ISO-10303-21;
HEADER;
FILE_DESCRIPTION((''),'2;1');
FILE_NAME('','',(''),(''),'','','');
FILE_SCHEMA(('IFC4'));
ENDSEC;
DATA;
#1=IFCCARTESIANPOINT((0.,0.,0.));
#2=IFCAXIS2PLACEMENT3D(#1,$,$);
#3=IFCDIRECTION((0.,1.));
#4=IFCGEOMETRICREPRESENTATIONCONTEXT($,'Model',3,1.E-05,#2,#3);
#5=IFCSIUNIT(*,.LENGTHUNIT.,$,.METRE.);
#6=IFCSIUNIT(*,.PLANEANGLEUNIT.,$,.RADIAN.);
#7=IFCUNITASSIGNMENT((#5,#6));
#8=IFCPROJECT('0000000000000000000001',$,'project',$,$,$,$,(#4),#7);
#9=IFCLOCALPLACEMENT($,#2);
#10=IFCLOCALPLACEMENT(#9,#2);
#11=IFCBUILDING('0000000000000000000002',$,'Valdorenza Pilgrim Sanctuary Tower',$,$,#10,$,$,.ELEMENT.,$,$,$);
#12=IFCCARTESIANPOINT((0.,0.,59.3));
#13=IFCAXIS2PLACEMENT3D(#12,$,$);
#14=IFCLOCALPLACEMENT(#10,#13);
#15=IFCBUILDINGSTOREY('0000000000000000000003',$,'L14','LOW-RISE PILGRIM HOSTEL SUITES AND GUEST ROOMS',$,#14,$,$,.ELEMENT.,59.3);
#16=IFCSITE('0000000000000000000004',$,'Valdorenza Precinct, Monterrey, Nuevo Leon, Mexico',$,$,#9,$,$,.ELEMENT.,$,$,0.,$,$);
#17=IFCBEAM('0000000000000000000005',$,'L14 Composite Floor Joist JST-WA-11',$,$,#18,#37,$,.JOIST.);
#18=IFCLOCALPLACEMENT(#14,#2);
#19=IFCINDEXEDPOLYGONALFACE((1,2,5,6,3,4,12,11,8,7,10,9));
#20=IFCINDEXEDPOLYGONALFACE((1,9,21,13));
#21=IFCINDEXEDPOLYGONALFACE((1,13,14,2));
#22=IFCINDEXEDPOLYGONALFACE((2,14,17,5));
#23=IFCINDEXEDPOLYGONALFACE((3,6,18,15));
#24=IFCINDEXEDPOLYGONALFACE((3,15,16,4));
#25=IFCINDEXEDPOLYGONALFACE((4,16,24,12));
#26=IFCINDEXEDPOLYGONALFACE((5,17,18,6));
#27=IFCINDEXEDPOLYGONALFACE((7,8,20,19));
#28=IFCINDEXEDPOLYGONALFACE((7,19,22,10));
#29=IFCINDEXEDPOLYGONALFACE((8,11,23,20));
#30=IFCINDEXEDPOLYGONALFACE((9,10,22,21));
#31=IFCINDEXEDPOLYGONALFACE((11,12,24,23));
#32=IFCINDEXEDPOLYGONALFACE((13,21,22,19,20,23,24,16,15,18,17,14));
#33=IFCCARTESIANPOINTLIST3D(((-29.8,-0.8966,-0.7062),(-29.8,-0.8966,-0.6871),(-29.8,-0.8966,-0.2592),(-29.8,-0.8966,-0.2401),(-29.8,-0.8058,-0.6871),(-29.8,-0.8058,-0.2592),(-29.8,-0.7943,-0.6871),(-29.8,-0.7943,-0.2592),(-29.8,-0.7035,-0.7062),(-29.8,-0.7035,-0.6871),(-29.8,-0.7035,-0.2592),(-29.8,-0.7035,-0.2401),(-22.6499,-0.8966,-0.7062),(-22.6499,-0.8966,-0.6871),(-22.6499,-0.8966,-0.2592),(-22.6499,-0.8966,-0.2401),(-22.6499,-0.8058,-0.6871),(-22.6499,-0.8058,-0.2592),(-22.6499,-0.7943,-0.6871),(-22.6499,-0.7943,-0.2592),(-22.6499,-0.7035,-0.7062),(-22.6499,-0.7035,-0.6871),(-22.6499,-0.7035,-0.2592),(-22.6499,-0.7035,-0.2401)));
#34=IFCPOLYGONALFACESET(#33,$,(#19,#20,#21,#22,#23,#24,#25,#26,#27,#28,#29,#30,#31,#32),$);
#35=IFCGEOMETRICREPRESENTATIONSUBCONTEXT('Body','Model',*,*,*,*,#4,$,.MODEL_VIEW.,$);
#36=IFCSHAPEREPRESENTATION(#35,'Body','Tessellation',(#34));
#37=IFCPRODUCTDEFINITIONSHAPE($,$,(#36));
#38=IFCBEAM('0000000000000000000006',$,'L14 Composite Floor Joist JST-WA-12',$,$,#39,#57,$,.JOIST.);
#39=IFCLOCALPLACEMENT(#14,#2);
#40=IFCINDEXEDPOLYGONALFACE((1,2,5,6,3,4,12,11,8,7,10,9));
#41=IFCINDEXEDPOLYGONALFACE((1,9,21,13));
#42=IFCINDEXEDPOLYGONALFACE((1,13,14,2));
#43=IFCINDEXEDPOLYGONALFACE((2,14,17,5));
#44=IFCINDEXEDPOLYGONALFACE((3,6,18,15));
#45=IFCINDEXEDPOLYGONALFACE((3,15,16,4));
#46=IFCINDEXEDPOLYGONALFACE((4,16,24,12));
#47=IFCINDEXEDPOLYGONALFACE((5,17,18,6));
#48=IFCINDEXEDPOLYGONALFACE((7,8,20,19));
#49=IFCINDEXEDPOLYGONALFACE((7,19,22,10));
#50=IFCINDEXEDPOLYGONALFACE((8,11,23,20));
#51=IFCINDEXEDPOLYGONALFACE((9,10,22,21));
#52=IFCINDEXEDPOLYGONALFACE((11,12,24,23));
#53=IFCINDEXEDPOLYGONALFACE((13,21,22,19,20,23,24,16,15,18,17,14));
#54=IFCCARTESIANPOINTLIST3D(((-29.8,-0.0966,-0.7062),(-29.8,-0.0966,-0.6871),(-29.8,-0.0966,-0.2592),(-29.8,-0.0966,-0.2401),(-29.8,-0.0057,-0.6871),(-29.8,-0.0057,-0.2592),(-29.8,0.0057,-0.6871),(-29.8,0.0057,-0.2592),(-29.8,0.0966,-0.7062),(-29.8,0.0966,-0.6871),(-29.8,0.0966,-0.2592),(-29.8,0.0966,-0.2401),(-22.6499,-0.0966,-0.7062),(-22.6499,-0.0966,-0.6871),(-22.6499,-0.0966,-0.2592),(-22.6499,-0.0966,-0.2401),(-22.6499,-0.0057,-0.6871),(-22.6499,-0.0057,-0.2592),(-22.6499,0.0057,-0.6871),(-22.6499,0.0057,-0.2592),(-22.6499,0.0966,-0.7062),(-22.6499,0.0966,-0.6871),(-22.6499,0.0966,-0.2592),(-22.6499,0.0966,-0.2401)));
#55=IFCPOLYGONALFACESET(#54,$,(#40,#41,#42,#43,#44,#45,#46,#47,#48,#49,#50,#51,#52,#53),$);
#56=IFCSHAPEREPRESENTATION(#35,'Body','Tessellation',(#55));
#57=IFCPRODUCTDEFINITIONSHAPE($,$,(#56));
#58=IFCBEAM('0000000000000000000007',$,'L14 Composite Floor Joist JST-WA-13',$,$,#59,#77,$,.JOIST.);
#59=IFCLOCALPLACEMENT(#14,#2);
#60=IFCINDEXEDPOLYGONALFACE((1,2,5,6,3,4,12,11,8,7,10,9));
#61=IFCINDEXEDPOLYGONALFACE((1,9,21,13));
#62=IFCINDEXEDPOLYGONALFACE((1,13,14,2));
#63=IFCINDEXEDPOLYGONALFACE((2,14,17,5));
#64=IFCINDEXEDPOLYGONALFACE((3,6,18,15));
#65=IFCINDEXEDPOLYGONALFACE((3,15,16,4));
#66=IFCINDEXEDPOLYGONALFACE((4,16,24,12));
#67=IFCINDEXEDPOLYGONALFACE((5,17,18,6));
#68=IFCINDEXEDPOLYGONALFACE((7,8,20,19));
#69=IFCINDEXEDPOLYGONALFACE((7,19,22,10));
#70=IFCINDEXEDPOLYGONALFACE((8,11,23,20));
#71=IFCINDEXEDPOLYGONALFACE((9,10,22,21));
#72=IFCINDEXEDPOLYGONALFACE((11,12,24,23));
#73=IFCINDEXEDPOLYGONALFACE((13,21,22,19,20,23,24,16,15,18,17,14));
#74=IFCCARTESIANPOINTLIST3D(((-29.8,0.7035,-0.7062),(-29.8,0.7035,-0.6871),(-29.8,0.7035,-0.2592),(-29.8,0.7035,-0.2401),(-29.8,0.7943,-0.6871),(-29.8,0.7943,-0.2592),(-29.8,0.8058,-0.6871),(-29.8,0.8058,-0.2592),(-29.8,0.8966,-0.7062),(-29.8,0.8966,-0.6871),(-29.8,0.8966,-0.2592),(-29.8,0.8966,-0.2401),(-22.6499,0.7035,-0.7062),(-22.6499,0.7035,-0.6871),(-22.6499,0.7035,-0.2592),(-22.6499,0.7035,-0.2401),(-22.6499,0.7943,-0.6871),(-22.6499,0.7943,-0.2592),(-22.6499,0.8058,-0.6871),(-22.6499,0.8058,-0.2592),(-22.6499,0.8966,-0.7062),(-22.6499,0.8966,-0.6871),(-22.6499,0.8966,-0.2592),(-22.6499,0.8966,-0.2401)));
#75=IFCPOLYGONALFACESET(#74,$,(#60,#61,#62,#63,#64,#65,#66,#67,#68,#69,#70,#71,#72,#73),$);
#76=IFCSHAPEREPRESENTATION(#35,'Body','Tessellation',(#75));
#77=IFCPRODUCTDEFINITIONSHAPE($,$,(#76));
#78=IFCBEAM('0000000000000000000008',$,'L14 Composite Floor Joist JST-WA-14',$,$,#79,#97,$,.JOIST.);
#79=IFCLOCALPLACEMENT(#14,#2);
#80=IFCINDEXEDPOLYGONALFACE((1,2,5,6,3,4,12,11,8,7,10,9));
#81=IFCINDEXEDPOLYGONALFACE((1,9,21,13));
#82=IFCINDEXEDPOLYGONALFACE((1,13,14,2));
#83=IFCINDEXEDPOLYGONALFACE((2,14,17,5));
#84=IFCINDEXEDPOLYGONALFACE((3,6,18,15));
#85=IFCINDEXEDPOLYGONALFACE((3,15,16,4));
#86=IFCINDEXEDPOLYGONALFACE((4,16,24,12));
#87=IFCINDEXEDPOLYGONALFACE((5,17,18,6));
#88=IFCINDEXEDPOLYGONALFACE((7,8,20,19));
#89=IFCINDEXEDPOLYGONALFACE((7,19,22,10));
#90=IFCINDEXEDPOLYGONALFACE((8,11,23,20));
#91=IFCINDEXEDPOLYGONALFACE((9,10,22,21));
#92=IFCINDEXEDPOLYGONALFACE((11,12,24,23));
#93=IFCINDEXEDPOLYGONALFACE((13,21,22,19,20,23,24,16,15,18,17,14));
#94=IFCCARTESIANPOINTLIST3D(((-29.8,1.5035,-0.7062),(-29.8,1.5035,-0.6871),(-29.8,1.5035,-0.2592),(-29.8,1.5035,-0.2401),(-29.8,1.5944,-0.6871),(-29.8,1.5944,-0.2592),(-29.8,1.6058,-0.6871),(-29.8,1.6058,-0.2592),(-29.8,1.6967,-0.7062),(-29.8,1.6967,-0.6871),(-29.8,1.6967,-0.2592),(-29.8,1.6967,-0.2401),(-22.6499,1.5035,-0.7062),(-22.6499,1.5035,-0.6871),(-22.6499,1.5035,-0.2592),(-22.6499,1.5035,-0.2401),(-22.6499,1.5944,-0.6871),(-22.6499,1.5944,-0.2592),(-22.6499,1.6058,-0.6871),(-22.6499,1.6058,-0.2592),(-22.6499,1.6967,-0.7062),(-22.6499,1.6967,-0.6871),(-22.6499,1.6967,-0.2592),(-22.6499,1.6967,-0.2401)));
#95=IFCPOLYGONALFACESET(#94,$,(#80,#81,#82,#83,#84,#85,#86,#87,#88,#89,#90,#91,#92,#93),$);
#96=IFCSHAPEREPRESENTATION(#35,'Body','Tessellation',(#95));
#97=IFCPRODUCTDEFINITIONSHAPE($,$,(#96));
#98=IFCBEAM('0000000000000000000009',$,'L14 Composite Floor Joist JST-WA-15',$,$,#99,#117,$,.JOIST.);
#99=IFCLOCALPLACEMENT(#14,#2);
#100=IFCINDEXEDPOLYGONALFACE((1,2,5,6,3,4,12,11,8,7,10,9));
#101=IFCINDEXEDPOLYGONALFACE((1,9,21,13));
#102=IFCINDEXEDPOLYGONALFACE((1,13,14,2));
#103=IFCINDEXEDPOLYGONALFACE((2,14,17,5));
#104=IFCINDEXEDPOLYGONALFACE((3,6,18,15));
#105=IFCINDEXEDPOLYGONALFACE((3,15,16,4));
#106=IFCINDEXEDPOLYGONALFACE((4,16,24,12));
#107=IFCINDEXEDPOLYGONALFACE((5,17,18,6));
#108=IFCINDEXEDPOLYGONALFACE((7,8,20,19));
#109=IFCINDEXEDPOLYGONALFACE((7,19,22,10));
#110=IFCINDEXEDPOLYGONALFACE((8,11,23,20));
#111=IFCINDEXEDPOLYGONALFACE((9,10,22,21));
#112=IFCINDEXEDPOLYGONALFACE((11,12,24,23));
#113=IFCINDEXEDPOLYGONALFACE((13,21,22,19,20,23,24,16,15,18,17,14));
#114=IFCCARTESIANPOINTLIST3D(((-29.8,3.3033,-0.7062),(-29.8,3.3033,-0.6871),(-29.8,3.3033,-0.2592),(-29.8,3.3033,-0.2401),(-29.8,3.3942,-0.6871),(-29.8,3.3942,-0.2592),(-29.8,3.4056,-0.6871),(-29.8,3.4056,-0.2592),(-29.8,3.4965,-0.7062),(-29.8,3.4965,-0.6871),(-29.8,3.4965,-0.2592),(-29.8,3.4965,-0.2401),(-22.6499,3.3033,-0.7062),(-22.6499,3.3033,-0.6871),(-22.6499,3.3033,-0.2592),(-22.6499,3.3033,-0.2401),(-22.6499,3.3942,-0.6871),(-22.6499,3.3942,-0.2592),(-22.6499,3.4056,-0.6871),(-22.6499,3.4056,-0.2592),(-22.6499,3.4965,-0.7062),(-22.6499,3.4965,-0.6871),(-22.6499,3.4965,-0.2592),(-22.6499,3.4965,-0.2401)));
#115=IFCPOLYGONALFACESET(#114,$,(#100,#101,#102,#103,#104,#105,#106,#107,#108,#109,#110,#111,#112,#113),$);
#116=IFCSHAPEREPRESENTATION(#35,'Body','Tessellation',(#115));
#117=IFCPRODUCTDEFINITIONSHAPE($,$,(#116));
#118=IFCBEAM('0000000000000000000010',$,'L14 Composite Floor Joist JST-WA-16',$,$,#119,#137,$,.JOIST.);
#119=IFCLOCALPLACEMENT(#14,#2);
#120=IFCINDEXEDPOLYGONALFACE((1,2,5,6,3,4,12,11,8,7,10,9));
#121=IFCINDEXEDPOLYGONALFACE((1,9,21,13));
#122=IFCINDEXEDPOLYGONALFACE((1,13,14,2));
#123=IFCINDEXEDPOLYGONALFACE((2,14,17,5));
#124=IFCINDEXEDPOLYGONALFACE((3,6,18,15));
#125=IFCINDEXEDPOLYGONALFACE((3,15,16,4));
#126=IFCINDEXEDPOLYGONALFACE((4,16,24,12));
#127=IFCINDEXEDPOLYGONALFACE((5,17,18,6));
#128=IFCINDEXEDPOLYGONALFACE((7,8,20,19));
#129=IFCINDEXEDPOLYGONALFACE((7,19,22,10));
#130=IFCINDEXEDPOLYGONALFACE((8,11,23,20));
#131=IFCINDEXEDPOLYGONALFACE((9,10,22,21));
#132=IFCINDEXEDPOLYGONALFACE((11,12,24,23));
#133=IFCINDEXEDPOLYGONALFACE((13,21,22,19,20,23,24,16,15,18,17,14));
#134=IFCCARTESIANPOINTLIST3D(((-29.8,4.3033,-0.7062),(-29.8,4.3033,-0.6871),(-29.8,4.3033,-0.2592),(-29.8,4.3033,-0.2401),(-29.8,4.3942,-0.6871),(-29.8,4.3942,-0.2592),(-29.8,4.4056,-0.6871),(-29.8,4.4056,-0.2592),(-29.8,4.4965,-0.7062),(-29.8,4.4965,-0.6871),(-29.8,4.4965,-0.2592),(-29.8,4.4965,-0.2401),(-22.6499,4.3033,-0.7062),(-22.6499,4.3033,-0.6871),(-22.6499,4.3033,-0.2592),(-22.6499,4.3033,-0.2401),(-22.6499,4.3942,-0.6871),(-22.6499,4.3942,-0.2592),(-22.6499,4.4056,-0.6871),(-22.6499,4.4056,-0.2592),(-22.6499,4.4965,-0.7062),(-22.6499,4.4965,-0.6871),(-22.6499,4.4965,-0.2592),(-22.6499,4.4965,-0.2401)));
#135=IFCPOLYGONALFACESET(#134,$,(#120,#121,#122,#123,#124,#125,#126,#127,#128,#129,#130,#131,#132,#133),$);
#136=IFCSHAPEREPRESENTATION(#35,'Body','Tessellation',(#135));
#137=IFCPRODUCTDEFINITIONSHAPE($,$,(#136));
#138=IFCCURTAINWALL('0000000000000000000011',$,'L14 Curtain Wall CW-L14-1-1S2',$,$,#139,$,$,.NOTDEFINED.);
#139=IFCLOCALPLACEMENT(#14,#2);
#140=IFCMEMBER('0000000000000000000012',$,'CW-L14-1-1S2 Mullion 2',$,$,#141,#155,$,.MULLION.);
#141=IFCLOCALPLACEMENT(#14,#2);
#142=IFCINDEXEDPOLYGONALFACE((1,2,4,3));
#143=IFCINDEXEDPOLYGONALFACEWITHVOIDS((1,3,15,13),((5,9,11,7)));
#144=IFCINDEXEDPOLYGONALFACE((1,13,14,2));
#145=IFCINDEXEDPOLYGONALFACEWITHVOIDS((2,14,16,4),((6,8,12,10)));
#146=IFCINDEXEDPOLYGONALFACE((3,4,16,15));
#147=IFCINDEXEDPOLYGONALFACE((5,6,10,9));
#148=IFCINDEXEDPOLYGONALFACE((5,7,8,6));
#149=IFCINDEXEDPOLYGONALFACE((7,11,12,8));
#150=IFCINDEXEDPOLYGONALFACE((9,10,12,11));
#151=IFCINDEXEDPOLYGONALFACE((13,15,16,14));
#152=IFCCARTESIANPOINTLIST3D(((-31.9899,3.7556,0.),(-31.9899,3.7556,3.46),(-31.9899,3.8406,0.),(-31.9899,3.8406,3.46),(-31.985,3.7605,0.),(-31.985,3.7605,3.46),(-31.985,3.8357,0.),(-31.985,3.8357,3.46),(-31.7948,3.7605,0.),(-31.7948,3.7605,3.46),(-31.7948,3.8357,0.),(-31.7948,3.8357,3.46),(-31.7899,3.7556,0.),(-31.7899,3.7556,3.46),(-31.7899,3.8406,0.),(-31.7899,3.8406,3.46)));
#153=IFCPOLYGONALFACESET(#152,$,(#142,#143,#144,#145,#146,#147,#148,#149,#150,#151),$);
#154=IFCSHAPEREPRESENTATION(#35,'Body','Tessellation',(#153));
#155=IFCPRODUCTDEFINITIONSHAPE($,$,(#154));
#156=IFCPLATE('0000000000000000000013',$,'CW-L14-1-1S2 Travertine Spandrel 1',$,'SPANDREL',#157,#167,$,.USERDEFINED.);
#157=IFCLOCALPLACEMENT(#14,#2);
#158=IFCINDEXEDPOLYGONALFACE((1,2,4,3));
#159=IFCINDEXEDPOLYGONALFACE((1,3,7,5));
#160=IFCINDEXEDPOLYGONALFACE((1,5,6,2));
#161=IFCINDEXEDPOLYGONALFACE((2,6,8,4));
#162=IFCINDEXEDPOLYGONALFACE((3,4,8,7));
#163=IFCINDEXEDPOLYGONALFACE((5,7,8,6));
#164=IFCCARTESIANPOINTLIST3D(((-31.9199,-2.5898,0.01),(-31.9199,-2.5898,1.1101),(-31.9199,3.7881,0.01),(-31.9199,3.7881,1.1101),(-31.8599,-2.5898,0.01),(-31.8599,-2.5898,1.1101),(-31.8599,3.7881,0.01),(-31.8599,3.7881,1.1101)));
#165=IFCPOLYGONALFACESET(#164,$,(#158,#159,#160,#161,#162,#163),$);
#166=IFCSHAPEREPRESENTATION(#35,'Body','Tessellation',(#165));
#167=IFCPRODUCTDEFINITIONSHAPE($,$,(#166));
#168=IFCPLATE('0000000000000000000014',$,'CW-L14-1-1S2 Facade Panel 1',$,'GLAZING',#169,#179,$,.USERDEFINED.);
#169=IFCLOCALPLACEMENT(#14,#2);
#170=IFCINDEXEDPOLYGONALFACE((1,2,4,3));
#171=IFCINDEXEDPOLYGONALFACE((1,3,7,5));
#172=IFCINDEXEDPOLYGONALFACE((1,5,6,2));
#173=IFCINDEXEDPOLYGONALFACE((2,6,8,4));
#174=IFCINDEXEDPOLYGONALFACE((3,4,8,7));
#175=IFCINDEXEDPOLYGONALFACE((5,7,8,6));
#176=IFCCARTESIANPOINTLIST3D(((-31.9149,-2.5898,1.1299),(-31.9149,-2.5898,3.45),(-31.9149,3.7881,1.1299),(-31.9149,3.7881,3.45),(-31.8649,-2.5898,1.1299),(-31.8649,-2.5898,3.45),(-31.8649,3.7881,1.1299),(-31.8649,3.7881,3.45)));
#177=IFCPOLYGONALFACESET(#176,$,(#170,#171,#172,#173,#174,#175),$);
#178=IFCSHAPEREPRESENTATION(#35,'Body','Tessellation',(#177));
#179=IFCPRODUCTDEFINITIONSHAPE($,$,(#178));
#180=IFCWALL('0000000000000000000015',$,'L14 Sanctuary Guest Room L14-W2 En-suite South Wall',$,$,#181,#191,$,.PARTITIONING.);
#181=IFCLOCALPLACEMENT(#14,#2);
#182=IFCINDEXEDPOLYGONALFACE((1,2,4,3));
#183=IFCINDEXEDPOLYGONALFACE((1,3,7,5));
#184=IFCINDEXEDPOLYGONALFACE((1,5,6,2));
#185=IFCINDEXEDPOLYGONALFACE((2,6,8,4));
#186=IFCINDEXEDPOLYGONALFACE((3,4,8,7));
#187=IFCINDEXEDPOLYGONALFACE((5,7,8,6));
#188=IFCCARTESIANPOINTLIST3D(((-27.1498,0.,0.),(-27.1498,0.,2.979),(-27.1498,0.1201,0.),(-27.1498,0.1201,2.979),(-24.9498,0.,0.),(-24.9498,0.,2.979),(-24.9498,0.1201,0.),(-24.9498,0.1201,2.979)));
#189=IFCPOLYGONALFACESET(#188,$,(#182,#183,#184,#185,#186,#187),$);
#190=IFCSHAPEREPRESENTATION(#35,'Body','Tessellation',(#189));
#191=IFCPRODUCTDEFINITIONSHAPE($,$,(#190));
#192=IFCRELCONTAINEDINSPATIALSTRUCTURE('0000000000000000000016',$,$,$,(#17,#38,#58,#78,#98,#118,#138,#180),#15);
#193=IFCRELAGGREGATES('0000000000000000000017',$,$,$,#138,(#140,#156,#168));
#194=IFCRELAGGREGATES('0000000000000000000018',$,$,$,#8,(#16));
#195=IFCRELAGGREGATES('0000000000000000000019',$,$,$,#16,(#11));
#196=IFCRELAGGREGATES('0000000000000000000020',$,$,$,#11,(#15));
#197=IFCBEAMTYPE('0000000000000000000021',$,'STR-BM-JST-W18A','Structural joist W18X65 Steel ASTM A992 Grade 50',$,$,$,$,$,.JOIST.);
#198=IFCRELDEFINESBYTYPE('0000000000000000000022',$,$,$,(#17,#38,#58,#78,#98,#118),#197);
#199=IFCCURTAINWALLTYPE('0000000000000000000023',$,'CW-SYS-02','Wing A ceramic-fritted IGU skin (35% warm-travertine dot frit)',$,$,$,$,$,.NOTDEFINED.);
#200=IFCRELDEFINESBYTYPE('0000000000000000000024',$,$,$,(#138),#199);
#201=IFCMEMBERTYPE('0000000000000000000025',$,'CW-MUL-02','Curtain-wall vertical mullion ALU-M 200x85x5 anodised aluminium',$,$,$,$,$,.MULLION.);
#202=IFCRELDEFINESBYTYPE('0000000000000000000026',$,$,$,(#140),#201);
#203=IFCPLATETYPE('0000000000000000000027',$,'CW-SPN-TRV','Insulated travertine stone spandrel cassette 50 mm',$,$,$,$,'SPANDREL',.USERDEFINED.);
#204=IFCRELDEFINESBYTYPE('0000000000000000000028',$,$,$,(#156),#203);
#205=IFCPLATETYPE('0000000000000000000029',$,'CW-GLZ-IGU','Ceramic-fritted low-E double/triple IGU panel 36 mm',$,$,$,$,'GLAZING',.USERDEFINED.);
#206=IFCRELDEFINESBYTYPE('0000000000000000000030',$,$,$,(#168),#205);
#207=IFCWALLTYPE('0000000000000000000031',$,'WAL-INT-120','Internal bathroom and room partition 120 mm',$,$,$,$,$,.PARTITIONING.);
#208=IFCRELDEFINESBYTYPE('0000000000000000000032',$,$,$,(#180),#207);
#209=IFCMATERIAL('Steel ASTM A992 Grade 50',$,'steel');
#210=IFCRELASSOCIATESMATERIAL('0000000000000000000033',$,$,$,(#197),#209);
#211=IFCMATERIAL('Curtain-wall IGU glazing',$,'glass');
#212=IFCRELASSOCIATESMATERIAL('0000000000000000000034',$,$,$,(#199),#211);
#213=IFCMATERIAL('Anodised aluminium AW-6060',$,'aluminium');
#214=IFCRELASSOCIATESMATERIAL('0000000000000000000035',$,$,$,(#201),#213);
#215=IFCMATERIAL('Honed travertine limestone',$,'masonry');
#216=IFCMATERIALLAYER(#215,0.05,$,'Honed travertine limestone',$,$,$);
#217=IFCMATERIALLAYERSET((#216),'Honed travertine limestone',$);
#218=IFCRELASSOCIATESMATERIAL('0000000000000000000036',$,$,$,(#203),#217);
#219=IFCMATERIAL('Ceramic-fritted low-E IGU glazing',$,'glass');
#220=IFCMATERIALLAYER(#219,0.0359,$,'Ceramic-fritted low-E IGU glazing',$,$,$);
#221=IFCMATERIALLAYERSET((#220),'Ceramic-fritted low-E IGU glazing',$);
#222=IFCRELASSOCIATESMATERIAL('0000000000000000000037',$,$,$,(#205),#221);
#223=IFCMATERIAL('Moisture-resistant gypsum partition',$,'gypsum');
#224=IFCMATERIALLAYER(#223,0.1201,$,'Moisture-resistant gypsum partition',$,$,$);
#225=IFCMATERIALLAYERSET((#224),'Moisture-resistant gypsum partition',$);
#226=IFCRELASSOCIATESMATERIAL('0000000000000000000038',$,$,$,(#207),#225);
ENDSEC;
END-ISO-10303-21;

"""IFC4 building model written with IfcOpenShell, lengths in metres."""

from ifc_helpers import new_model, si_unit, direction, frame, frame_2d, origin, origin_2d, place, context, subcontext, project, spatial, rectangle, hollow_rectangle, i_section, extrude, source, transform, mapped, material, layer, layer_set, material_profile, profile_set, type_object, element, aggregate, save


model = new_model("IFC4")

# Units and contexts
model_context = context("Model", 3, precision=1e-05, world=origin(), true_north=direction((0.0, 1.0)))
body_context = subcontext(model_context, "Body", "Model", "MODEL_VIEW")
ifc_project = project(units=[si_unit("LENGTHUNIT", "METRE"), si_unit("PLANEANGLEUNIT", "RADIAN")], contexts=[model_context])

# Site, building, storey
site_placement = place(None, origin())
site = spatial("IfcSite", under=ifc_project, at=site_placement, Name="Valdorenza Precinct, Monterrey, Nuevo Leon, Mexico", CompositionType="ELEMENT", RefElevation=0.0)
building_placement = place(site_placement, origin())
building = spatial("IfcBuilding", under=site, at=building_placement, Name="Valdorenza Pilgrim Sanctuary Tower", CompositionType="ELEMENT")
storey_placement = place(building_placement, frame((0.0, 0.0, 59.3)))
storey = spatial("IfcBuildingStorey", under=building, at=storey_placement, Name="L14", Description="LOW-RISE PILGRIM HOSTEL SUITES AND GUEST ROOMS", CompositionType="ELEMENT", Elevation=59.3)

# Beams
ifc_material_1 = material(Name="Steel ASTM A992 Grade 50", Category="steel")
ifc_material_profile_1 = material_profile(ifc_material_1, i_section(OverallWidth=0.1931, OverallDepth=0.4661, WebThickness=0.0115, FlangeThickness=0.019, at=origin_2d()), Name="W18X65")
ifc_profile_set_1 = profile_set([ifc_material_profile_1], Name="Steel ASTM A992 Grade 50")
beam_type = type_object("IfcBeamType", Name="STR-BM-JST-W18A", Description="Structural joist W18X65 Steel ASTM A992 Grade 50", PredefinedType="JOIST", material=ifc_profile_set_1)
shared_shape_1 = source(origin(), body_context, "Body", "SweptSolid", [
    extrude(i_section(OverallWidth=0.1931, OverallDepth=0.4661, WebThickness=0.0115, FlangeThickness=0.019, at=origin_2d()), origin(), (0.0, 0.0, 1.0), 7.1501),
])
for number, where, z_axis, x_axis, name in (
    (1, (-29.8, -0.8, -0.4731), (1.0, 0.0, 0.0), (0.0, 1.0, 0.0), "L14 Composite Floor Joist JST-WA-11"),
    (2, (-29.8, 0.0, -0.4731), (1.0, 0.0, 0.0), (0.0, 1.0, 0.0), "L14 Composite Floor Joist JST-WA-12"),
    (3, (-29.8, 0.8, -0.4731), (1.0, 0.0, 0.0), (0.0, 1.0, 0.0), "L14 Composite Floor Joist JST-WA-13"),
    (4, (-29.8, 1.6001, -0.4731), (1.0, 0.0, 0.0), (0.0, 1.0, 0.0), "L14 Composite Floor Joist JST-WA-14"),
    (5, (-29.8, 3.3999, -0.4731), (1.0, 0.0, 0.0), (0.0, 1.0, 0.0), "L14 Composite Floor Joist JST-WA-15"),
    (6, (-29.8, 4.3999, -0.4731), (1.0, 0.0, 0.0), (0.0, 1.0, 0.0), "L14 Composite Floor Joist JST-WA-16"),
):
    element("IfcBeam", number, at=place(storey_placement, frame(where, z_axis=z_axis, x_axis=x_axis)), inside=storey, type_object=beam_type, Name=name, PredefinedType="JOIST", context=body_context, shape_type="MappedRepresentation", body=[
        mapped(shared_shape_1, transform((0.0, 0.0, 0.0), x_axis=(1.0, 0.0, 0.0), y_axis=(0.0, 1.0, 0.0), z_axis=(0.0, 0.0, 1.0), scale=1.0)),
    ])

# Curtain wall, member, plates
ifc_material_2 = material(Name="Curtain-wall IGU glazing", Category="glass")
curtain_wall_type = type_object("IfcCurtainWallType", Name="CW-SYS-02", Description="Wing A ceramic-fritted IGU skin (35% warm-travertine dot frit)", PredefinedType="NOTDEFINED", material=ifc_material_2)
curtain_wall_placement = place(storey_placement, origin())
curtain_wall = element("IfcCurtainWall", 7, at=curtain_wall_placement, inside=storey, type_object=curtain_wall_type, Name="L14 Curtain Wall CW-L14-1-1S2", PredefinedType="NOTDEFINED")
ifc_material_3 = material(Name="Anodised aluminium AW-6060", Category="aluminium")
ifc_material_profile_2 = material_profile(ifc_material_3, hollow_rectangle(XDim=0.085, YDim=0.2, WallThickness=0.0049, at=origin_2d()), Name="ALU-M 200x85x5")
ifc_profile_set_2 = profile_set([ifc_material_profile_2], Name="Anodised aluminium AW-6060")
member_type = type_object("IfcMemberType", Name="CW-MUL-02", Description="Curtain-wall vertical mullion ALU-M 200x85x5 anodised aluminium", PredefinedType="MULLION", material=ifc_profile_set_2)
shared_shape_2 = source(origin(), body_context, "Body", "SweptSolid", [
    extrude(hollow_rectangle(XDim=0.085, YDim=0.2, WallThickness=0.0049, at=origin_2d()), origin(), (0.0, 0.0, 1.0), 3.46),
])
member_placement = place(storey_placement, frame((-31.8899, 3.7981, 0.0), z_axis=(0.0, 0.0, 1.0), x_axis=(0.0, 1.0, 0.0)))
member = element("IfcMember", 8, at=member_placement, type_object=member_type, Name="CW-L14-1-1S2 Mullion 2", PredefinedType="MULLION", context=body_context, shape_type="MappedRepresentation", body=[
    mapped(shared_shape_2, transform((0.0, 0.0, 0.0), x_axis=(1.0, 0.0, 0.0), y_axis=(0.0, 1.0, 0.0), z_axis=(0.0, 0.0, 1.0), scale=1.0)),
])
ifc_material_4 = material(Name="Honed travertine limestone", Category="masonry")
ifc_layer_1 = layer(ifc_material_4, 0.05, Name="Honed travertine limestone")
ifc_layer_set_1 = layer_set([ifc_layer_1], Name="Honed travertine limestone")
plate_type_1 = type_object("IfcPlateType", Name="CW-SPN-TRV", Description="Insulated travertine stone spandrel cassette 50 mm", ElementType="SPANDREL", PredefinedType="USERDEFINED", material=ifc_layer_set_1)
shared_shape_3 = source(origin(), body_context, "Body", "SweptSolid", [
    extrude(rectangle(XDim=6.3779, YDim=0.0601, at=origin_2d()), origin(), (0.0, 0.0, 1.0), 1.1001),
])
plate_1_placement = place(storey_placement, frame((-31.8899, 0.5991, 0.01), z_axis=(0.0, 0.0, 1.0), x_axis=(0.0, 1.0, 0.0)))
plate_1 = element("IfcPlate", 9, at=plate_1_placement, type_object=plate_type_1, Name="CW-L14-1-1S2 Travertine Spandrel 1", ObjectType="SPANDREL", PredefinedType="USERDEFINED", context=body_context, shape_type="MappedRepresentation", body=[
    mapped(shared_shape_3, transform((0.0, 0.0, 0.0), x_axis=(1.0, 0.0, 0.0), y_axis=(0.0, 1.0, 0.0), z_axis=(0.0, 0.0, 1.0), scale=1.0)),
])
ifc_material_5 = material(Name="Ceramic-fritted low-E IGU glazing", Category="glass")
ifc_layer_2 = layer(ifc_material_5, 0.0359, Name="Ceramic-fritted low-E IGU glazing")
ifc_layer_set_2 = layer_set([ifc_layer_2], Name="Ceramic-fritted low-E IGU glazing")
plate_type_2 = type_object("IfcPlateType", Name="CW-GLZ-IGU", Description="Ceramic-fritted low-E double/triple IGU panel 36 mm", ElementType="GLAZING", PredefinedType="USERDEFINED", material=ifc_layer_set_2)
shared_shape_4 = source(origin(), body_context, "Body", "SweptSolid", [
    extrude(rectangle(XDim=6.3779, YDim=0.05, at=origin_2d()), origin(), (0.0, 0.0, 1.0), 2.3201),
])
plate_2_placement = place(storey_placement, frame((-31.8899, 0.5991, 1.1299), z_axis=(0.0, 0.0, 1.0), x_axis=(0.0, 1.0, 0.0)))
plate_2 = element("IfcPlate", 10, at=plate_2_placement, type_object=plate_type_2, Name="CW-L14-1-1S2 Facade Panel 1", ObjectType="GLAZING", PredefinedType="USERDEFINED", context=body_context, shape_type="MappedRepresentation", body=[
    mapped(shared_shape_4, transform((0.0, 0.0, 0.0), x_axis=(1.0, 0.0, 0.0), y_axis=(0.0, 1.0, 0.0), z_axis=(0.0, 0.0, 1.0), scale=1.0)),
])
aggregate(curtain_wall, [member, plate_1, plate_2])

# Wall
ifc_material_6 = material(Name="Moisture-resistant gypsum partition", Category="gypsum")
ifc_layer_3 = layer(ifc_material_6, 0.1201, Name="Moisture-resistant gypsum partition")
ifc_layer_set_3 = layer_set([ifc_layer_3], Name="Moisture-resistant gypsum partition")
wall_type_1 = type_object("IfcWallType", Name="WAL-INT-120", Description="Internal bathroom and room partition 120 mm", PredefinedType="PARTITIONING", material=ifc_layer_set_3)
wall_1_placement = place(storey_placement, frame((-27.1499, 0.0601, 0.0), z_axis=(0.0, 0.0, 1.0), x_axis=(1.0, 0.0, 0.0)))
element("IfcWall", 11, at=wall_1_placement, inside=storey, type_object=wall_type_1, Name="L14 Sanctuary Guest Room L14-W2 En-suite South Wall", PredefinedType="PARTITIONING", context=body_context, shape_type="SweptSolid", body=[
    extrude(rectangle(XDim=2.2, YDim=0.1201, at=frame_2d((1.1001, 0.0))), origin(), (0.0, 0.0, 1.0), 2.979),
])

save(model, "model.ifc")
